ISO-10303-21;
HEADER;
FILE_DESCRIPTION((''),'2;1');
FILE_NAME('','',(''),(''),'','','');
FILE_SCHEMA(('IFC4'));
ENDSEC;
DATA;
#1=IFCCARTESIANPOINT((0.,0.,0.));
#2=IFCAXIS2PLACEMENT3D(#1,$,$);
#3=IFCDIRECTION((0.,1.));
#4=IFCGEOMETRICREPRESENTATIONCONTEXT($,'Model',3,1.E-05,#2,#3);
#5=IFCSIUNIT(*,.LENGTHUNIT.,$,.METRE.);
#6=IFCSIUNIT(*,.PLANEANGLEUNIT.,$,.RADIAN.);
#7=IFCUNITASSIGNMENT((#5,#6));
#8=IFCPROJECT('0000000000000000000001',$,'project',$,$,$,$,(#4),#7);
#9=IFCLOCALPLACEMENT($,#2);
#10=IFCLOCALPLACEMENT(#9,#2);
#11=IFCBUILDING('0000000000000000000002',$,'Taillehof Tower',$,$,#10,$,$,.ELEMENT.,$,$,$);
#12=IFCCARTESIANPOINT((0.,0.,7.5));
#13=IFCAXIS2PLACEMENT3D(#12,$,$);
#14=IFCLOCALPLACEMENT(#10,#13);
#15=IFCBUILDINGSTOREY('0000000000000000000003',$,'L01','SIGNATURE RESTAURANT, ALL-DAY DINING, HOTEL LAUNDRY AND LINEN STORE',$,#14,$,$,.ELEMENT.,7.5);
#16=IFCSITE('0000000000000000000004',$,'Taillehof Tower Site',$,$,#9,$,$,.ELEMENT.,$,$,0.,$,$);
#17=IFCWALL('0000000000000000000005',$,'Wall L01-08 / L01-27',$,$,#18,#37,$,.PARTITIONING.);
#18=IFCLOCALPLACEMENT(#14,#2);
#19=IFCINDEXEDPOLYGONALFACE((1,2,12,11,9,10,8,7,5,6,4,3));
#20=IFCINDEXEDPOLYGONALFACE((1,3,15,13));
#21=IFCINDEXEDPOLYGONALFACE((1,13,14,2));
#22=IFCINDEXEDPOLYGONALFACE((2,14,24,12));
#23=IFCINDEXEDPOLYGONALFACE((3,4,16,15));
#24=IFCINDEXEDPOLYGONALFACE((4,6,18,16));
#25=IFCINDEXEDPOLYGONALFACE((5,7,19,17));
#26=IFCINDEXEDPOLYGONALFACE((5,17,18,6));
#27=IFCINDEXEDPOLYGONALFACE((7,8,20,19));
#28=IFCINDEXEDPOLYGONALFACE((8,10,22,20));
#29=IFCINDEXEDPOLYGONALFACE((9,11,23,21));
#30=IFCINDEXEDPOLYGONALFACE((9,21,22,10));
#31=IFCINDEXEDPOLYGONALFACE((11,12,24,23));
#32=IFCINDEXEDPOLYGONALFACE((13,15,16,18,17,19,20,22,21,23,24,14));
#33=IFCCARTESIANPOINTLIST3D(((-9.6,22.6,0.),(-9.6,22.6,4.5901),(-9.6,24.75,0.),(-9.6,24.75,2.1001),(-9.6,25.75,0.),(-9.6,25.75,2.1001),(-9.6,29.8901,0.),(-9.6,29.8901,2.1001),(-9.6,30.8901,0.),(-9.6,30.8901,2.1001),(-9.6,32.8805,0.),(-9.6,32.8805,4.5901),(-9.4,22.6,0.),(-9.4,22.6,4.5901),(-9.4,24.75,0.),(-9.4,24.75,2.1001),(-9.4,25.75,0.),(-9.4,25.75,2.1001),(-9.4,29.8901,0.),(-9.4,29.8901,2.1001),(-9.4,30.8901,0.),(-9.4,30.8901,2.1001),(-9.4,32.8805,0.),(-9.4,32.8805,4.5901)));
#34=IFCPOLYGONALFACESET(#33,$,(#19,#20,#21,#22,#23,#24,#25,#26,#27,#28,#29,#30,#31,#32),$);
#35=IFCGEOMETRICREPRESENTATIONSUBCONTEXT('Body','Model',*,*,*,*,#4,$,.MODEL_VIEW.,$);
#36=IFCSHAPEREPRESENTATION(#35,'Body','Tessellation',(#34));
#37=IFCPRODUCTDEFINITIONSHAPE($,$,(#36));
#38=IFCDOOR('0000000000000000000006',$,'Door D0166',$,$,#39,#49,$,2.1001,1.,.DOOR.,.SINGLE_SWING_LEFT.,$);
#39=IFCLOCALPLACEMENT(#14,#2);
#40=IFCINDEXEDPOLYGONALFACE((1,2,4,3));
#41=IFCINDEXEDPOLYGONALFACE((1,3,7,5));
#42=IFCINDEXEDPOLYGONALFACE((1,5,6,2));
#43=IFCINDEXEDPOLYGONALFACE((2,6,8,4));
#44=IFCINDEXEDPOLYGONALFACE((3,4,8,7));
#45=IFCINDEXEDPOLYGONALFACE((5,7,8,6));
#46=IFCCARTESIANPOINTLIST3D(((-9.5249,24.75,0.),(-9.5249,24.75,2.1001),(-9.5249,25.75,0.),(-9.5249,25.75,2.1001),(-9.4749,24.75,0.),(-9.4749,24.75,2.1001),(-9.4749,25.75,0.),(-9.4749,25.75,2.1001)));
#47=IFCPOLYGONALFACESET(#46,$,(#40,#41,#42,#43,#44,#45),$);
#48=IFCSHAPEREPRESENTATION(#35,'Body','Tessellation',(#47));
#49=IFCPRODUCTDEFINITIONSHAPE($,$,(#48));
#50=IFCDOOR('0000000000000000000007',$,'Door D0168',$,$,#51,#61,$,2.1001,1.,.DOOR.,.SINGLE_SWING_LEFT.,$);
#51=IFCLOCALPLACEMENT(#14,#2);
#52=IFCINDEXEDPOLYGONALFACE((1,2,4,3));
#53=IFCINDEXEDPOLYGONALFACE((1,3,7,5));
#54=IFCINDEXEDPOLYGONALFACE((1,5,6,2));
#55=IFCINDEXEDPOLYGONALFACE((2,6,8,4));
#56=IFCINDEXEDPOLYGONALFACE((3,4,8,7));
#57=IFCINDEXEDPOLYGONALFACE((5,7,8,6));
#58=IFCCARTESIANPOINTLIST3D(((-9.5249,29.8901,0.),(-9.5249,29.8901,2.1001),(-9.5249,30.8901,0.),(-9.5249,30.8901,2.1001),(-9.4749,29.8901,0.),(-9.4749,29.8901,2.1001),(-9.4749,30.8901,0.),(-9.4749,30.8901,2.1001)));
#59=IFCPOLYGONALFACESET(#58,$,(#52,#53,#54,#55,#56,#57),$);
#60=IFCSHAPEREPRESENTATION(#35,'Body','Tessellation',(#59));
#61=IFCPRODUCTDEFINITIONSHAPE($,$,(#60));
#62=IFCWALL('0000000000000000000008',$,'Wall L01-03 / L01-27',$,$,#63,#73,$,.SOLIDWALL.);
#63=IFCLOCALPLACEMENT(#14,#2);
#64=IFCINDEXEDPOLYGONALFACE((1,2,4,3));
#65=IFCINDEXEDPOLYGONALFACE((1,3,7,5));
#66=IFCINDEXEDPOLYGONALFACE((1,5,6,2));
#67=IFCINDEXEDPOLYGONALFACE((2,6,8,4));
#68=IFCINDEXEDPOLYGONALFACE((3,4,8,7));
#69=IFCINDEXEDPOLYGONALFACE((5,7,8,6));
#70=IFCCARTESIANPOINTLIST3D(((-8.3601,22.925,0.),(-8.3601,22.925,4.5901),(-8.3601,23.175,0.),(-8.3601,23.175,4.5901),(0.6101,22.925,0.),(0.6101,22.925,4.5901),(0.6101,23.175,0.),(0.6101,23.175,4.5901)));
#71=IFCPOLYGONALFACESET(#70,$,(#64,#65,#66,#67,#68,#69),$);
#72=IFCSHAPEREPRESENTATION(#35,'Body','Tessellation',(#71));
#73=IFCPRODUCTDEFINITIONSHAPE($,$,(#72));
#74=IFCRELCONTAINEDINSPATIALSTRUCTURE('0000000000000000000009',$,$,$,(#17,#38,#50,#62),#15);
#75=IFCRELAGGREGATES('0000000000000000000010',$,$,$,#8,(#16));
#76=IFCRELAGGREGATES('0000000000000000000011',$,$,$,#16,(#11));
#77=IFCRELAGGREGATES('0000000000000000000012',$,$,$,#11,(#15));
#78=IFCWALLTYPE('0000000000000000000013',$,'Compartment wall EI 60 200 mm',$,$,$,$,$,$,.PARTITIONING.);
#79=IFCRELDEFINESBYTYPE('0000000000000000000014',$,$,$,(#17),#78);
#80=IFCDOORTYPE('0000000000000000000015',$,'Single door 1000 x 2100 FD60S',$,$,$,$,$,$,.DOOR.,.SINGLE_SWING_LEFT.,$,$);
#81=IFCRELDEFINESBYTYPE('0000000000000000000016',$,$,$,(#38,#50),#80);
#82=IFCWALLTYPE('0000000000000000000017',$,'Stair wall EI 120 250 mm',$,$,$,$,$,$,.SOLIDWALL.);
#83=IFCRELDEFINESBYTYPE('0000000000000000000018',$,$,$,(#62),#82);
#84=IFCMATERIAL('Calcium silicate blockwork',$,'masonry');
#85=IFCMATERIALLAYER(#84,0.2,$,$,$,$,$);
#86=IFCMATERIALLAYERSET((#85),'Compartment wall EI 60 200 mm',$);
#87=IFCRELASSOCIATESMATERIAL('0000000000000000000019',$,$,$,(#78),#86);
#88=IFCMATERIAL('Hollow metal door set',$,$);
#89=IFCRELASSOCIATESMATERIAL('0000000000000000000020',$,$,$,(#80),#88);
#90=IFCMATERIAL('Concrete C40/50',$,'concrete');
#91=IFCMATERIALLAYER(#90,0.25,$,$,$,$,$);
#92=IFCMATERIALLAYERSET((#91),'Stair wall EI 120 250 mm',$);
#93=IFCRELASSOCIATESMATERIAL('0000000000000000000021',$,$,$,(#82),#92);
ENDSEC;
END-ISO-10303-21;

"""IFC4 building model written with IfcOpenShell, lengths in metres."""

from ifc_helpers import new_model, si_unit, direction, frame, frame_2d, origin, place, context, subcontext, project, spatial, rectangle, extrude, material, layer, layer_set, type_object, element, fill, save


model = new_model("IFC4")

# Units and contexts
model_context = context("Model", 3, precision=1e-05, world=origin(), true_north=direction((0.0, 1.0)))
body_context = subcontext(model_context, "Body", "Model", "MODEL_VIEW")
ifc_project = project(units=[si_unit("LENGTHUNIT", "METRE"), si_unit("PLANEANGLEUNIT", "RADIAN")], contexts=[model_context])

# Site, building, storey
site_placement = place(None, origin())
site = spatial("IfcSite", under=ifc_project, at=site_placement, Name="Taillehof Tower Site", CompositionType="ELEMENT", RefElevation=0.0)
building_placement = place(site_placement, origin())
building = spatial("IfcBuilding", under=site, at=building_placement, Name="Taillehof Tower", CompositionType="ELEMENT")
storey_placement = place(building_placement, frame((0.0, 0.0, 7.5)))
storey = spatial("IfcBuildingStorey", under=building, at=storey_placement, Name="L01", Description="SIGNATURE RESTAURANT, ALL-DAY DINING, HOTEL LAUNDRY AND LINEN STORE", CompositionType="ELEMENT", Elevation=7.5)

# Wall, openings, doors
ifc_material_1 = material(Name="Calcium silicate blockwork", Category="masonry")
ifc_layer_1 = layer(ifc_material_1, 0.2)
ifc_layer_set_1 = layer_set([ifc_layer_1], Name="Compartment wall EI 60 200 mm")
wall_type_1 = type_object("IfcWallType", Name="Compartment wall EI 60 200 mm", PredefinedType="PARTITIONING", material=ifc_layer_set_1)
wall_1_placement = place(storey_placement, frame((-9.5, 22.6001, 0.0), z_axis=(0.0, 0.0, 1.0), x_axis=(0.0, 1.0, 0.0)))
wall_1 = element("IfcWall", 1, at=wall_1_placement, inside=storey, type_object=wall_type_1, Name="Wall L01-08 / L01-27", PredefinedType="PARTITIONING", context=body_context, shape_type="SweptSolid", body=[
    extrude(rectangle(XDim=10.2805, YDim=0.2, at=frame_2d((5.1401, 0.0))), origin(), (0.0, 0.0, 1.0), 4.5901),
])
opening_1_placement = place(wall_1_placement, frame((2.1499, 0.0, 0.0)))
opening_1 = element("IfcOpeningElement", 2, at=opening_1_placement, cuts=wall_1, PredefinedType="OPENING", context=body_context, shape_type="SweptSolid", body=[
    extrude(rectangle(XDim=1.0, YDim=2.1001, at=frame_2d((0.5, 1.05))), frame((0.0, 0.1099, 0.0), z_axis=(0.0, -1.0, 0.0), x_axis=(1.0, 0.0, 0.0)), (0.0, 0.0, 1.0), 0.22),
])
opening_2_placement = place(wall_1_placement, frame((7.29, 0.0, 0.0)))
opening_2 = element("IfcOpeningElement", 3, at=opening_2_placement, cuts=wall_1, PredefinedType="OPENING", context=body_context, shape_type="SweptSolid", body=[
    extrude(rectangle(XDim=1.0, YDim=2.1001, at=frame_2d((0.5, 1.05))), frame((0.0, 0.1099, 0.0), z_axis=(0.0, -1.0, 0.0), x_axis=(1.0, 0.0, 0.0)), (0.0, 0.0, 1.0), 0.22),
])
ifc_material_2 = material(Name="Hollow metal door set")
door_type = type_object("IfcDoorType", Name="Single door 1000 x 2100 FD60S", OperationType="SINGLE_SWING_LEFT", PredefinedType="DOOR", material=ifc_material_2)
door_1_placement = place(opening_1_placement, origin())
door_1 = element("IfcDoor", 4, at=door_1_placement, inside=storey, type_object=door_type, Name="Door D0166", OperationType="SINGLE_SWING_LEFT", OverallHeight=2.1001, OverallWidth=1.0, PredefinedType="DOOR", context=body_context, shape_type="SweptSolid", body=[
    extrude(rectangle(XDim=1.0, YDim=2.1001, at=frame_2d((0.5, 1.05))), frame((0.0, 0.0249, 0.0), z_axis=(0.0, -1.0, 0.0), x_axis=(1.0, 0.0, 0.0)), (0.0, 0.0, 1.0), 0.05),
])
fill(opening_1, door_1)
door_2_placement = place(opening_2_placement, origin())
door_2 = element("IfcDoor", 5, at=door_2_placement, inside=storey, type_object=door_type, Name="Door D0168", OperationType="SINGLE_SWING_LEFT", OverallHeight=2.1001, OverallWidth=1.0, PredefinedType="DOOR", context=body_context, shape_type="SweptSolid", body=[
    extrude(rectangle(XDim=1.0, YDim=2.1001, at=frame_2d((0.5, 1.05))), frame((0.0, 0.0249, 0.0), z_axis=(0.0, -1.0, 0.0), x_axis=(1.0, 0.0, 0.0)), (0.0, 0.0, 1.0), 0.05),
])
fill(opening_2, door_2)

# Wall
ifc_material_3 = material(Name="Concrete C40/50", Category="concrete")
ifc_layer_2 = layer(ifc_material_3, 0.25)
ifc_layer_set_2 = layer_set([ifc_layer_2], Name="Stair wall EI 120 250 mm")
wall_type_2 = type_object("IfcWallType", Name="Stair wall EI 120 250 mm", PredefinedType="SOLIDWALL", material=ifc_layer_set_2)
wall_2_placement = place(storey_placement, frame((-8.3601, 23.05, 0.0), z_axis=(0.0, 0.0, 1.0), x_axis=(1.0, 0.0, 0.0)))
element("IfcWall", 6, at=wall_2_placement, inside=storey, type_object=wall_type_2, Name="Wall L01-03 / L01-27", PredefinedType="SOLIDWALL", context=body_context, shape_type="SweptSolid", body=[
    extrude(rectangle(XDim=8.9702, YDim=0.25, at=frame_2d((4.4851, 0.0))), origin(), (0.0, 0.0, 1.0), 4.5901),
])

save(model, "model.ifc")
